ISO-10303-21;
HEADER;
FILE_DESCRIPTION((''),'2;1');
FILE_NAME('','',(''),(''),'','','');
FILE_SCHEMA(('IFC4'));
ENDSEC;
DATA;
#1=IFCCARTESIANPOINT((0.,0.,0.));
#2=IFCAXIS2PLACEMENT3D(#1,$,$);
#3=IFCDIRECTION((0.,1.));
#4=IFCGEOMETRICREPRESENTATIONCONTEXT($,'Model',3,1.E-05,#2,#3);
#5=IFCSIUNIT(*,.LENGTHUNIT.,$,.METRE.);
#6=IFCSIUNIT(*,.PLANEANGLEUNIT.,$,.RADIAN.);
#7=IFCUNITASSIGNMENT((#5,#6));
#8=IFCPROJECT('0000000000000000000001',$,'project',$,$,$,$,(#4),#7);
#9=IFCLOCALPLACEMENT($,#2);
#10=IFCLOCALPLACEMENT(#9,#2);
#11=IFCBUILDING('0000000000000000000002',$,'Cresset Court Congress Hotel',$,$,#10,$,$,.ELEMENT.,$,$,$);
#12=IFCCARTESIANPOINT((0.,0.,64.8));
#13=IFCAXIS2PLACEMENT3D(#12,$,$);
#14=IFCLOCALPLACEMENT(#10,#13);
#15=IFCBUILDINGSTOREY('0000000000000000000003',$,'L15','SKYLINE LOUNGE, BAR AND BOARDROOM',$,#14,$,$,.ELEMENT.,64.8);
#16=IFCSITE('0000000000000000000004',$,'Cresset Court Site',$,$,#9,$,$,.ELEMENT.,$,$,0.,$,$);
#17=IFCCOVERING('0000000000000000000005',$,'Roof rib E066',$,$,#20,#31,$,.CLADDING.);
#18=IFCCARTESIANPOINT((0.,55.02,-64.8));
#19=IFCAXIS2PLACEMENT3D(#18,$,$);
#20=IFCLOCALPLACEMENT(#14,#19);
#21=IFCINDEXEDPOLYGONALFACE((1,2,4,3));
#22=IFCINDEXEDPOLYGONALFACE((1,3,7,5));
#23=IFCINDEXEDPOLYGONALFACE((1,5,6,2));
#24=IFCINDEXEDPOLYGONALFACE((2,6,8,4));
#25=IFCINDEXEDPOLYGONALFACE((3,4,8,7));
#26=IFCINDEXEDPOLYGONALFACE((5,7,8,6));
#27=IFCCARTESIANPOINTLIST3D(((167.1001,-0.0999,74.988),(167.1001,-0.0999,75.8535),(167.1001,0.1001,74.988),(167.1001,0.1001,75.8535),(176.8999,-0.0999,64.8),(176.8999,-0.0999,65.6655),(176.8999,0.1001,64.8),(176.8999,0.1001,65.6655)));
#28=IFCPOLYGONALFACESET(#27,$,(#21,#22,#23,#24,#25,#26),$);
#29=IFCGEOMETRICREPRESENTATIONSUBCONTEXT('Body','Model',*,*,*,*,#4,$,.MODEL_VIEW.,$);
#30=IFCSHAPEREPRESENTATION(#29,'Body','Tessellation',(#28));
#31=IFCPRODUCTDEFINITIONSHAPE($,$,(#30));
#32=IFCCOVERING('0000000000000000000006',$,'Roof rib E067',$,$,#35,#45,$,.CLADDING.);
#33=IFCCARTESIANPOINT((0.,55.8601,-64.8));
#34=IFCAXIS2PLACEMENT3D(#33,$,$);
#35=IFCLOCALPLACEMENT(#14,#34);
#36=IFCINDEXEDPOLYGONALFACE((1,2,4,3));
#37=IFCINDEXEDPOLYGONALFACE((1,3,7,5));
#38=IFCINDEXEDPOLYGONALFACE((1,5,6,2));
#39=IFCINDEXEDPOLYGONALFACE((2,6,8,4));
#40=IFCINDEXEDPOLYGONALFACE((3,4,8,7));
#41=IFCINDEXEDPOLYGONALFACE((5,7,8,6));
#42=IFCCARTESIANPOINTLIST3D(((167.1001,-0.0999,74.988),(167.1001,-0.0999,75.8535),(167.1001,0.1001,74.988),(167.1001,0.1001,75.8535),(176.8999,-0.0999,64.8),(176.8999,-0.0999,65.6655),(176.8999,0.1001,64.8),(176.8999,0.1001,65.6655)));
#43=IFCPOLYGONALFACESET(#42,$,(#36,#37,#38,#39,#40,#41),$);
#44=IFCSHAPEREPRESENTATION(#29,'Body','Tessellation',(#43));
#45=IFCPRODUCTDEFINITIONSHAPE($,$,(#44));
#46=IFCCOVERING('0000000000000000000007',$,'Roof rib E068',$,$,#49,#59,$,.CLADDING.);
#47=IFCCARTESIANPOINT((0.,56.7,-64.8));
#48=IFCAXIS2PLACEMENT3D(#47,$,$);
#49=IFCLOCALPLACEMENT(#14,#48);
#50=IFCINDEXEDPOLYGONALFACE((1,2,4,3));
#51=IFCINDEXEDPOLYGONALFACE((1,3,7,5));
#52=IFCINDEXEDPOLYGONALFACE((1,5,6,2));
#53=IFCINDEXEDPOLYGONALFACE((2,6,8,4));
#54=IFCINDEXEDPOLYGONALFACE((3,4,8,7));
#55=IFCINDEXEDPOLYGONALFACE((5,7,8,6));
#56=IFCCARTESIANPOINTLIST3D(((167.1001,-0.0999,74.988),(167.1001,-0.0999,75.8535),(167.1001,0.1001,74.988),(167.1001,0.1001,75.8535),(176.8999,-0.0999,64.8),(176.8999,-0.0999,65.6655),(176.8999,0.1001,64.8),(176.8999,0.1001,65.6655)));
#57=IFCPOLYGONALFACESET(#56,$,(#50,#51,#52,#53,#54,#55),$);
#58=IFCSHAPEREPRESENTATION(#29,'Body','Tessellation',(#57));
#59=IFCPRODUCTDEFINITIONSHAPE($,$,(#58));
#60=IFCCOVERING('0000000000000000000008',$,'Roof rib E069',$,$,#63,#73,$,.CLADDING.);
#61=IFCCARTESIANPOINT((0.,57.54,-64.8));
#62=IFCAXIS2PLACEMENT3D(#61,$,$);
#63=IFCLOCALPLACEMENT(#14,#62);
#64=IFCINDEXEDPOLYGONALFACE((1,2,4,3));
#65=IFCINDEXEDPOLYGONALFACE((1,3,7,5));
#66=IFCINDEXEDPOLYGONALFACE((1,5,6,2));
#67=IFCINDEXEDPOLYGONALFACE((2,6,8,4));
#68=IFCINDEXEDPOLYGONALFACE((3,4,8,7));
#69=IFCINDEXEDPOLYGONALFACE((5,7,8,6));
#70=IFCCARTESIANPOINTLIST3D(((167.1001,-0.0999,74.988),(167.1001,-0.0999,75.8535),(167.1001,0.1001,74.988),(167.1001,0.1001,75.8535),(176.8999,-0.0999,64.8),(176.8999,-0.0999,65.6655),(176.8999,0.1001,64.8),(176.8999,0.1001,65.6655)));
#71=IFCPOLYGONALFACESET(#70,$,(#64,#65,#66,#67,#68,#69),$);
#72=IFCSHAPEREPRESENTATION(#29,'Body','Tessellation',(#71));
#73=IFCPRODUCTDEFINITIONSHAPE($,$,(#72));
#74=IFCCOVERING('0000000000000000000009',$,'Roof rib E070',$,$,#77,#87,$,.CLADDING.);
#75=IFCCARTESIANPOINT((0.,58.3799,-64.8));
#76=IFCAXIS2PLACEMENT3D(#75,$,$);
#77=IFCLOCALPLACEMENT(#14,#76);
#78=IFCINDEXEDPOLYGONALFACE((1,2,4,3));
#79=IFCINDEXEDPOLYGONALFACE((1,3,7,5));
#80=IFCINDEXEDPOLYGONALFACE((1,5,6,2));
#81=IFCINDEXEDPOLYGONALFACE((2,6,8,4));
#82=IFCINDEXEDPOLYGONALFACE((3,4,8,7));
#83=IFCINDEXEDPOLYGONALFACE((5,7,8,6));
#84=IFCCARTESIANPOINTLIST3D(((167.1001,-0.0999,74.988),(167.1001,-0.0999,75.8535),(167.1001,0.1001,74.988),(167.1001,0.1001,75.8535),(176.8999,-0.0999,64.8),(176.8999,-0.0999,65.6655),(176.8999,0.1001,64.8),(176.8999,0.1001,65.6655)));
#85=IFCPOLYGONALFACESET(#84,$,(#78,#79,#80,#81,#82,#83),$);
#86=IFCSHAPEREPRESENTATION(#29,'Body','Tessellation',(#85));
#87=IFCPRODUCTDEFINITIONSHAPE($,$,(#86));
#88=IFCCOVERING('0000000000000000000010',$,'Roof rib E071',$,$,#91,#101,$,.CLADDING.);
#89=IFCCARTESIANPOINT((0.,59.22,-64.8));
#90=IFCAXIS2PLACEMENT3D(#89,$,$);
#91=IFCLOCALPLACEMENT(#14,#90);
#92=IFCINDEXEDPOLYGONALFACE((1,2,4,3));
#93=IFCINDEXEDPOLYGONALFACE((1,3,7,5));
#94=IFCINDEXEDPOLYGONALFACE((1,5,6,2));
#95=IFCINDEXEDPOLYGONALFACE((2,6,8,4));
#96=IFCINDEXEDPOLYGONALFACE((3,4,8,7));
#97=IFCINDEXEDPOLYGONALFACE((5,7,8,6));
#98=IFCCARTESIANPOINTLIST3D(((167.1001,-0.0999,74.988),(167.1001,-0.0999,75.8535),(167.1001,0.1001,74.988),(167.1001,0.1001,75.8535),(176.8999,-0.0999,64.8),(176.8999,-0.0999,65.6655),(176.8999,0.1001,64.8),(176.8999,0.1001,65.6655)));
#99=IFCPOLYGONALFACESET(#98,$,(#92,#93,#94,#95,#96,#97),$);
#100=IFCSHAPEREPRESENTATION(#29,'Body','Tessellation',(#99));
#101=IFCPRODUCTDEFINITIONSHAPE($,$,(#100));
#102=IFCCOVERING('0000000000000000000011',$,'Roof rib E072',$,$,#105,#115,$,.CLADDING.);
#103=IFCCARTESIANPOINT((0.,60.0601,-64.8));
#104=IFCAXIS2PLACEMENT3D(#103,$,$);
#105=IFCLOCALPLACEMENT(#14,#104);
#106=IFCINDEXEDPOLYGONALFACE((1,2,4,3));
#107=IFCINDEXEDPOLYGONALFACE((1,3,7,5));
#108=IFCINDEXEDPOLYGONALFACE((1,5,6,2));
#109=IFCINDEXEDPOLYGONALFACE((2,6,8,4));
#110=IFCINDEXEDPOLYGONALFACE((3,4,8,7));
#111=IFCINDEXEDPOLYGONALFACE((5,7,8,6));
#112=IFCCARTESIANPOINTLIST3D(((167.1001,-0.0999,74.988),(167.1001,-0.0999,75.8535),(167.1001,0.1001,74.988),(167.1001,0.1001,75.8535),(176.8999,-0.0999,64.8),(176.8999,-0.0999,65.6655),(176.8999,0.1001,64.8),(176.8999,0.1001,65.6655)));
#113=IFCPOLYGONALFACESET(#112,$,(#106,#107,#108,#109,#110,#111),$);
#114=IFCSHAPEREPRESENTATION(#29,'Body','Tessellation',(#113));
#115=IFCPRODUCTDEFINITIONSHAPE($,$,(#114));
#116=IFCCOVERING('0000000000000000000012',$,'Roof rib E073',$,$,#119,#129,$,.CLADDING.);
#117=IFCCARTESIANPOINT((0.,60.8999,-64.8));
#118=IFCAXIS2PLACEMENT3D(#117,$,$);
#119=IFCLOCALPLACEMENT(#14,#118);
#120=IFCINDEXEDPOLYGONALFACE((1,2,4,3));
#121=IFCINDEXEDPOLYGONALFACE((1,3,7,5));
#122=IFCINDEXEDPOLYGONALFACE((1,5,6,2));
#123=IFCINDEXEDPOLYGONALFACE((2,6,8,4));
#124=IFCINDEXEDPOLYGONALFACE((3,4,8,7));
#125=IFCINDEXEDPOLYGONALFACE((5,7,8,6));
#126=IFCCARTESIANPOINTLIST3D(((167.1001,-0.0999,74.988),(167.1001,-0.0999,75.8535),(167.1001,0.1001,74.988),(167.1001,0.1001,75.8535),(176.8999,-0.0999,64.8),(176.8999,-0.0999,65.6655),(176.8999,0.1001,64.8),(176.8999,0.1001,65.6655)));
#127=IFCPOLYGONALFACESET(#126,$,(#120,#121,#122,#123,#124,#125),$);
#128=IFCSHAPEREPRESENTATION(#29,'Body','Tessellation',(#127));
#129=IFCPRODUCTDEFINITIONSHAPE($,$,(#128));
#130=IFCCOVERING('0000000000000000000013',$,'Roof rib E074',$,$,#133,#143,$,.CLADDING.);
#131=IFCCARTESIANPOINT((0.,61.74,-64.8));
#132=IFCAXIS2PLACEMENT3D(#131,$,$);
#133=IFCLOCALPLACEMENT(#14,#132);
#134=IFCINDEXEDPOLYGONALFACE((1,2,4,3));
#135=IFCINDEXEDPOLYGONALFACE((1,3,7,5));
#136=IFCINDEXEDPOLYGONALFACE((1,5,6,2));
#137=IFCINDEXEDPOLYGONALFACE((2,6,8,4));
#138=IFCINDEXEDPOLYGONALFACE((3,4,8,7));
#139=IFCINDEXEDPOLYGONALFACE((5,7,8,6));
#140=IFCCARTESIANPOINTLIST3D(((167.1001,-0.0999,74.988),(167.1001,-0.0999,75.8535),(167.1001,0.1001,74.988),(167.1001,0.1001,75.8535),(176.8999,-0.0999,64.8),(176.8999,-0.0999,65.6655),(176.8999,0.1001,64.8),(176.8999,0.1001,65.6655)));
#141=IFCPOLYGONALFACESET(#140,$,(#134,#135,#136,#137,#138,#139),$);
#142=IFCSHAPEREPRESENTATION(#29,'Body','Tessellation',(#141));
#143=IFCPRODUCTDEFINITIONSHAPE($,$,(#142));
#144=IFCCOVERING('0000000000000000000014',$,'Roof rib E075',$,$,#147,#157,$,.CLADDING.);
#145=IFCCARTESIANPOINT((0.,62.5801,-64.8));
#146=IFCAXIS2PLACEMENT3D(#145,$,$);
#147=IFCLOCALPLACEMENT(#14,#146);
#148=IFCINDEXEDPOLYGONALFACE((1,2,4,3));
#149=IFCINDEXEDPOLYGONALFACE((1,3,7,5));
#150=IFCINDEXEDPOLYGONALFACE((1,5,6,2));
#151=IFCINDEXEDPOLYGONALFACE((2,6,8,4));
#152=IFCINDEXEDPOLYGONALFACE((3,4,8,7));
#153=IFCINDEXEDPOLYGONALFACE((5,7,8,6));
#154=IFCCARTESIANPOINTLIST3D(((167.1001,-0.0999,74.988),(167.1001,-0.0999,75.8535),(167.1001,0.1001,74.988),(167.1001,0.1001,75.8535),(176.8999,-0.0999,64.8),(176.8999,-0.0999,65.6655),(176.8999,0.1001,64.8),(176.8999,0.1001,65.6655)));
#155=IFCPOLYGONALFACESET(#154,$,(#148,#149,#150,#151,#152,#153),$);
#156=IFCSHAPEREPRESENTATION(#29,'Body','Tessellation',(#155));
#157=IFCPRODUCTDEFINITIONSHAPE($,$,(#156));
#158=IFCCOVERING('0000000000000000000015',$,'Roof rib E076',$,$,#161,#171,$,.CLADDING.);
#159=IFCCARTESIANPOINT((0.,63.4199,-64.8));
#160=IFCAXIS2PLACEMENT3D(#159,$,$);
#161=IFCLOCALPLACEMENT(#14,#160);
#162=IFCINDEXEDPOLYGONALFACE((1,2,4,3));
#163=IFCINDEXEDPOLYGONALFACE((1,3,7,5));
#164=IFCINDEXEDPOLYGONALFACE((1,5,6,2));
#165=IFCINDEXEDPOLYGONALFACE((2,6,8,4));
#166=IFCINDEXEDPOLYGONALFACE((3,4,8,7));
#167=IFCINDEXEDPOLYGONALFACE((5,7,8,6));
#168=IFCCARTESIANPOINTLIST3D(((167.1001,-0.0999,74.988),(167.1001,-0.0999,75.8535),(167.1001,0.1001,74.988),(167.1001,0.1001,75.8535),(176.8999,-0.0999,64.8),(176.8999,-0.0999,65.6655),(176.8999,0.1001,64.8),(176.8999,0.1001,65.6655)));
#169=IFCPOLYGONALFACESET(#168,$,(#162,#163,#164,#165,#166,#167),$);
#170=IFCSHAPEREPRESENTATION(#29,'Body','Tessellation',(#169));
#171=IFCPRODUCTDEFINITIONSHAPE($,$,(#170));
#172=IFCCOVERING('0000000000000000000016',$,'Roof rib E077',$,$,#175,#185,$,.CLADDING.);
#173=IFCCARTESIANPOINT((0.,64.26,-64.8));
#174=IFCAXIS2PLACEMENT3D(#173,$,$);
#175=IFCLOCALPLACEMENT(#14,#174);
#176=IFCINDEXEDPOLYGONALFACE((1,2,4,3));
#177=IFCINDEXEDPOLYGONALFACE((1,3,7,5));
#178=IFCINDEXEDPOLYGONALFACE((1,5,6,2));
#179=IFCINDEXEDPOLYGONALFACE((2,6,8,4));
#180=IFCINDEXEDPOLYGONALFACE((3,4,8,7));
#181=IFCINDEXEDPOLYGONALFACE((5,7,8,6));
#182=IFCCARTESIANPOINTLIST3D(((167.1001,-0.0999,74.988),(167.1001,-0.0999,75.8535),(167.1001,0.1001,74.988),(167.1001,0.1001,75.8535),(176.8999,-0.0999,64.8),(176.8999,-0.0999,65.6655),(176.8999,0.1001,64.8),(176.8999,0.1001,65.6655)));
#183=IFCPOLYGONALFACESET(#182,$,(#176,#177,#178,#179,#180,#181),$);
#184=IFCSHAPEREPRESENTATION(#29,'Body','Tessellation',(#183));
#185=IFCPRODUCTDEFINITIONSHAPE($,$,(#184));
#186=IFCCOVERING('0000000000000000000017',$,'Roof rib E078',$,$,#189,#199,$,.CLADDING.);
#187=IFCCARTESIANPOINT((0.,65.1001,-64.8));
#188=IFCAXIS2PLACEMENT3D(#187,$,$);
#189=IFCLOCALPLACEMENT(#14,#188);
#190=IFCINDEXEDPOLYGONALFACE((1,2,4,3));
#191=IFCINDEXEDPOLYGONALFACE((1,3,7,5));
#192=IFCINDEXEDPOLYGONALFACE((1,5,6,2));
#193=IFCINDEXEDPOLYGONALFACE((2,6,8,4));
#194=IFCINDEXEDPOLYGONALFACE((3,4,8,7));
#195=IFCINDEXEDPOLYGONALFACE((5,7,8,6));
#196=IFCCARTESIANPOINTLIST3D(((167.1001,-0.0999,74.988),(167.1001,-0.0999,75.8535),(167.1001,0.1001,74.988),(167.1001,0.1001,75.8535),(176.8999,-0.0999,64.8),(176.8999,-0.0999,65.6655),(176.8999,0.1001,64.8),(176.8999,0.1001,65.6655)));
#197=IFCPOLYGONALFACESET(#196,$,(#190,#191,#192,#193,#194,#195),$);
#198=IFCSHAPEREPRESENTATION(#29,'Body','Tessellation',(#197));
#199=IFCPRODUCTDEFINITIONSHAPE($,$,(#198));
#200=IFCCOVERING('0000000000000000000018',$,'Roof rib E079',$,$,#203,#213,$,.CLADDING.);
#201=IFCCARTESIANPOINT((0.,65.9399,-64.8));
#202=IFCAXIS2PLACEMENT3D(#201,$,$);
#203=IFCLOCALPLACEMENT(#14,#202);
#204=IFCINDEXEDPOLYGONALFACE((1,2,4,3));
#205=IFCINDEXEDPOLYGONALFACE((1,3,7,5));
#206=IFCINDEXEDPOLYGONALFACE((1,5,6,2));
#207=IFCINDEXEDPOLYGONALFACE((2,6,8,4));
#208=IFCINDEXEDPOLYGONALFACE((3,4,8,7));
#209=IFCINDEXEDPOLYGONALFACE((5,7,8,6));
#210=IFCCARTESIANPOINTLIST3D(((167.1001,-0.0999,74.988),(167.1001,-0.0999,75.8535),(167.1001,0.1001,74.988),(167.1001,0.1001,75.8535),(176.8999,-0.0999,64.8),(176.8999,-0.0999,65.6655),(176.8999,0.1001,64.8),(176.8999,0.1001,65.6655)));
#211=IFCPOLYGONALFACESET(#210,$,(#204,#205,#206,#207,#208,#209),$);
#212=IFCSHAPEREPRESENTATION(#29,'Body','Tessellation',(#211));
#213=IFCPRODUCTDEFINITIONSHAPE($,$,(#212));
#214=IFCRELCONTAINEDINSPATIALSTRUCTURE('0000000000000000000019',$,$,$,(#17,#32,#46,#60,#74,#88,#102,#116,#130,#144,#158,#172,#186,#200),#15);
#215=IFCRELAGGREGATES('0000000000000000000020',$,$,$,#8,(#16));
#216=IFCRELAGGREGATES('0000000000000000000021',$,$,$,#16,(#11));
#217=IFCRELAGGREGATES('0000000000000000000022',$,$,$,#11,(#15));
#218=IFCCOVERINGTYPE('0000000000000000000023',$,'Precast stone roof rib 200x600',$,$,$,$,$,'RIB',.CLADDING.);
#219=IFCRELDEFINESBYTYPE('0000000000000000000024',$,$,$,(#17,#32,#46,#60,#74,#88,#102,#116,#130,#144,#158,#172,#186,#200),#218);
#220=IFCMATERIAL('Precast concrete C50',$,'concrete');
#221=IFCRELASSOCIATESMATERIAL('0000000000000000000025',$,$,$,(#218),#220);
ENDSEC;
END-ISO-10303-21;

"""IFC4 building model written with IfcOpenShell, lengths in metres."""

from ifc_helpers import new_model, si_unit, direction, frame, origin, place, context, subcontext, project, spatial, polyline, outline, extrude, material, type_object, element, save


model = new_model("IFC4")

# Units and contexts
model_context = context("Model", 3, precision=1e-05, world=origin(), true_north=direction((0.0, 1.0)))
body_context = subcontext(model_context, "Body", "Model", "MODEL_VIEW")
ifc_project = project(units=[si_unit("LENGTHUNIT", "METRE"), si_unit("PLANEANGLEUNIT", "RADIAN")], contexts=[model_context])

# Site, building, storey
site_placement = place(None, origin())
site = spatial("IfcSite", under=ifc_project, at=site_placement, Name="Cresset Court Site", CompositionType="ELEMENT", RefElevation=0.0)
building_placement = place(site_placement, origin())
building = spatial("IfcBuilding", under=site, at=building_placement, Name="Cresset Court Congress Hotel", CompositionType="ELEMENT")
storey_placement = place(building_placement, frame((0.0, 0.0, 64.8)))
storey = spatial("IfcBuildingStorey", under=building, at=storey_placement, Name="L15", Description="SKYLINE LOUNGE, BAR AND BOARDROOM", CompositionType="ELEMENT", Elevation=64.8)

# Coverings
ifc_material = material(Name="Precast concrete C50", Category="concrete")
covering_type = type_object("IfcCoveringType", Name="Precast stone roof rib 200x600", ElementType="RIB", PredefinedType="CLADDING", material=ifc_material)
for number, where, name in (
    (1, (0.0, 55.02, -64.8), "Roof rib E066"),
    (2, (0.0, 55.8601, -64.8), "Roof rib E067"),
    (3, (0.0, 56.7, -64.8), "Roof rib E068"),
    (4, (0.0, 57.54, -64.8), "Roof rib E069"),
    (5, (0.0, 58.3799, -64.8), "Roof rib E070"),
    (6, (0.0, 59.22, -64.8), "Roof rib E071"),
    (7, (0.0, 60.0601, -64.8), "Roof rib E072"),
    (8, (0.0, 60.8999, -64.8), "Roof rib E073"),
    (9, (0.0, 61.74, -64.8), "Roof rib E074"),
    (10, (0.0, 62.5801, -64.8), "Roof rib E075"),
    (11, (0.0, 63.4199, -64.8), "Roof rib E076"),
    (12, (0.0, 64.26, -64.8), "Roof rib E077"),
    (13, (0.0, 65.1001, -64.8), "Roof rib E078"),
    (14, (0.0, 65.9399, -64.8), "Roof rib E079"),
):
    element("IfcCovering", number, at=place(storey_placement, frame(where)), inside=storey, type_object=covering_type, Name=name, PredefinedType="CLADDING", context=body_context, shape_type="SweptSolid", body=[
        extrude(outline(polyline([(167.1001, 74.988), (176.8999, 64.8), (176.8999, 65.6655), (167.1001, 75.8535), (167.1001, 74.988)])), frame((0.0, 0.1001, 0.0), z_axis=(0.0, -1.0, 0.0), x_axis=(1.0, 0.0, 0.0)), (0.0, 0.0, 1.0), 0.2),
    ])

save(model, "model.ifc")
